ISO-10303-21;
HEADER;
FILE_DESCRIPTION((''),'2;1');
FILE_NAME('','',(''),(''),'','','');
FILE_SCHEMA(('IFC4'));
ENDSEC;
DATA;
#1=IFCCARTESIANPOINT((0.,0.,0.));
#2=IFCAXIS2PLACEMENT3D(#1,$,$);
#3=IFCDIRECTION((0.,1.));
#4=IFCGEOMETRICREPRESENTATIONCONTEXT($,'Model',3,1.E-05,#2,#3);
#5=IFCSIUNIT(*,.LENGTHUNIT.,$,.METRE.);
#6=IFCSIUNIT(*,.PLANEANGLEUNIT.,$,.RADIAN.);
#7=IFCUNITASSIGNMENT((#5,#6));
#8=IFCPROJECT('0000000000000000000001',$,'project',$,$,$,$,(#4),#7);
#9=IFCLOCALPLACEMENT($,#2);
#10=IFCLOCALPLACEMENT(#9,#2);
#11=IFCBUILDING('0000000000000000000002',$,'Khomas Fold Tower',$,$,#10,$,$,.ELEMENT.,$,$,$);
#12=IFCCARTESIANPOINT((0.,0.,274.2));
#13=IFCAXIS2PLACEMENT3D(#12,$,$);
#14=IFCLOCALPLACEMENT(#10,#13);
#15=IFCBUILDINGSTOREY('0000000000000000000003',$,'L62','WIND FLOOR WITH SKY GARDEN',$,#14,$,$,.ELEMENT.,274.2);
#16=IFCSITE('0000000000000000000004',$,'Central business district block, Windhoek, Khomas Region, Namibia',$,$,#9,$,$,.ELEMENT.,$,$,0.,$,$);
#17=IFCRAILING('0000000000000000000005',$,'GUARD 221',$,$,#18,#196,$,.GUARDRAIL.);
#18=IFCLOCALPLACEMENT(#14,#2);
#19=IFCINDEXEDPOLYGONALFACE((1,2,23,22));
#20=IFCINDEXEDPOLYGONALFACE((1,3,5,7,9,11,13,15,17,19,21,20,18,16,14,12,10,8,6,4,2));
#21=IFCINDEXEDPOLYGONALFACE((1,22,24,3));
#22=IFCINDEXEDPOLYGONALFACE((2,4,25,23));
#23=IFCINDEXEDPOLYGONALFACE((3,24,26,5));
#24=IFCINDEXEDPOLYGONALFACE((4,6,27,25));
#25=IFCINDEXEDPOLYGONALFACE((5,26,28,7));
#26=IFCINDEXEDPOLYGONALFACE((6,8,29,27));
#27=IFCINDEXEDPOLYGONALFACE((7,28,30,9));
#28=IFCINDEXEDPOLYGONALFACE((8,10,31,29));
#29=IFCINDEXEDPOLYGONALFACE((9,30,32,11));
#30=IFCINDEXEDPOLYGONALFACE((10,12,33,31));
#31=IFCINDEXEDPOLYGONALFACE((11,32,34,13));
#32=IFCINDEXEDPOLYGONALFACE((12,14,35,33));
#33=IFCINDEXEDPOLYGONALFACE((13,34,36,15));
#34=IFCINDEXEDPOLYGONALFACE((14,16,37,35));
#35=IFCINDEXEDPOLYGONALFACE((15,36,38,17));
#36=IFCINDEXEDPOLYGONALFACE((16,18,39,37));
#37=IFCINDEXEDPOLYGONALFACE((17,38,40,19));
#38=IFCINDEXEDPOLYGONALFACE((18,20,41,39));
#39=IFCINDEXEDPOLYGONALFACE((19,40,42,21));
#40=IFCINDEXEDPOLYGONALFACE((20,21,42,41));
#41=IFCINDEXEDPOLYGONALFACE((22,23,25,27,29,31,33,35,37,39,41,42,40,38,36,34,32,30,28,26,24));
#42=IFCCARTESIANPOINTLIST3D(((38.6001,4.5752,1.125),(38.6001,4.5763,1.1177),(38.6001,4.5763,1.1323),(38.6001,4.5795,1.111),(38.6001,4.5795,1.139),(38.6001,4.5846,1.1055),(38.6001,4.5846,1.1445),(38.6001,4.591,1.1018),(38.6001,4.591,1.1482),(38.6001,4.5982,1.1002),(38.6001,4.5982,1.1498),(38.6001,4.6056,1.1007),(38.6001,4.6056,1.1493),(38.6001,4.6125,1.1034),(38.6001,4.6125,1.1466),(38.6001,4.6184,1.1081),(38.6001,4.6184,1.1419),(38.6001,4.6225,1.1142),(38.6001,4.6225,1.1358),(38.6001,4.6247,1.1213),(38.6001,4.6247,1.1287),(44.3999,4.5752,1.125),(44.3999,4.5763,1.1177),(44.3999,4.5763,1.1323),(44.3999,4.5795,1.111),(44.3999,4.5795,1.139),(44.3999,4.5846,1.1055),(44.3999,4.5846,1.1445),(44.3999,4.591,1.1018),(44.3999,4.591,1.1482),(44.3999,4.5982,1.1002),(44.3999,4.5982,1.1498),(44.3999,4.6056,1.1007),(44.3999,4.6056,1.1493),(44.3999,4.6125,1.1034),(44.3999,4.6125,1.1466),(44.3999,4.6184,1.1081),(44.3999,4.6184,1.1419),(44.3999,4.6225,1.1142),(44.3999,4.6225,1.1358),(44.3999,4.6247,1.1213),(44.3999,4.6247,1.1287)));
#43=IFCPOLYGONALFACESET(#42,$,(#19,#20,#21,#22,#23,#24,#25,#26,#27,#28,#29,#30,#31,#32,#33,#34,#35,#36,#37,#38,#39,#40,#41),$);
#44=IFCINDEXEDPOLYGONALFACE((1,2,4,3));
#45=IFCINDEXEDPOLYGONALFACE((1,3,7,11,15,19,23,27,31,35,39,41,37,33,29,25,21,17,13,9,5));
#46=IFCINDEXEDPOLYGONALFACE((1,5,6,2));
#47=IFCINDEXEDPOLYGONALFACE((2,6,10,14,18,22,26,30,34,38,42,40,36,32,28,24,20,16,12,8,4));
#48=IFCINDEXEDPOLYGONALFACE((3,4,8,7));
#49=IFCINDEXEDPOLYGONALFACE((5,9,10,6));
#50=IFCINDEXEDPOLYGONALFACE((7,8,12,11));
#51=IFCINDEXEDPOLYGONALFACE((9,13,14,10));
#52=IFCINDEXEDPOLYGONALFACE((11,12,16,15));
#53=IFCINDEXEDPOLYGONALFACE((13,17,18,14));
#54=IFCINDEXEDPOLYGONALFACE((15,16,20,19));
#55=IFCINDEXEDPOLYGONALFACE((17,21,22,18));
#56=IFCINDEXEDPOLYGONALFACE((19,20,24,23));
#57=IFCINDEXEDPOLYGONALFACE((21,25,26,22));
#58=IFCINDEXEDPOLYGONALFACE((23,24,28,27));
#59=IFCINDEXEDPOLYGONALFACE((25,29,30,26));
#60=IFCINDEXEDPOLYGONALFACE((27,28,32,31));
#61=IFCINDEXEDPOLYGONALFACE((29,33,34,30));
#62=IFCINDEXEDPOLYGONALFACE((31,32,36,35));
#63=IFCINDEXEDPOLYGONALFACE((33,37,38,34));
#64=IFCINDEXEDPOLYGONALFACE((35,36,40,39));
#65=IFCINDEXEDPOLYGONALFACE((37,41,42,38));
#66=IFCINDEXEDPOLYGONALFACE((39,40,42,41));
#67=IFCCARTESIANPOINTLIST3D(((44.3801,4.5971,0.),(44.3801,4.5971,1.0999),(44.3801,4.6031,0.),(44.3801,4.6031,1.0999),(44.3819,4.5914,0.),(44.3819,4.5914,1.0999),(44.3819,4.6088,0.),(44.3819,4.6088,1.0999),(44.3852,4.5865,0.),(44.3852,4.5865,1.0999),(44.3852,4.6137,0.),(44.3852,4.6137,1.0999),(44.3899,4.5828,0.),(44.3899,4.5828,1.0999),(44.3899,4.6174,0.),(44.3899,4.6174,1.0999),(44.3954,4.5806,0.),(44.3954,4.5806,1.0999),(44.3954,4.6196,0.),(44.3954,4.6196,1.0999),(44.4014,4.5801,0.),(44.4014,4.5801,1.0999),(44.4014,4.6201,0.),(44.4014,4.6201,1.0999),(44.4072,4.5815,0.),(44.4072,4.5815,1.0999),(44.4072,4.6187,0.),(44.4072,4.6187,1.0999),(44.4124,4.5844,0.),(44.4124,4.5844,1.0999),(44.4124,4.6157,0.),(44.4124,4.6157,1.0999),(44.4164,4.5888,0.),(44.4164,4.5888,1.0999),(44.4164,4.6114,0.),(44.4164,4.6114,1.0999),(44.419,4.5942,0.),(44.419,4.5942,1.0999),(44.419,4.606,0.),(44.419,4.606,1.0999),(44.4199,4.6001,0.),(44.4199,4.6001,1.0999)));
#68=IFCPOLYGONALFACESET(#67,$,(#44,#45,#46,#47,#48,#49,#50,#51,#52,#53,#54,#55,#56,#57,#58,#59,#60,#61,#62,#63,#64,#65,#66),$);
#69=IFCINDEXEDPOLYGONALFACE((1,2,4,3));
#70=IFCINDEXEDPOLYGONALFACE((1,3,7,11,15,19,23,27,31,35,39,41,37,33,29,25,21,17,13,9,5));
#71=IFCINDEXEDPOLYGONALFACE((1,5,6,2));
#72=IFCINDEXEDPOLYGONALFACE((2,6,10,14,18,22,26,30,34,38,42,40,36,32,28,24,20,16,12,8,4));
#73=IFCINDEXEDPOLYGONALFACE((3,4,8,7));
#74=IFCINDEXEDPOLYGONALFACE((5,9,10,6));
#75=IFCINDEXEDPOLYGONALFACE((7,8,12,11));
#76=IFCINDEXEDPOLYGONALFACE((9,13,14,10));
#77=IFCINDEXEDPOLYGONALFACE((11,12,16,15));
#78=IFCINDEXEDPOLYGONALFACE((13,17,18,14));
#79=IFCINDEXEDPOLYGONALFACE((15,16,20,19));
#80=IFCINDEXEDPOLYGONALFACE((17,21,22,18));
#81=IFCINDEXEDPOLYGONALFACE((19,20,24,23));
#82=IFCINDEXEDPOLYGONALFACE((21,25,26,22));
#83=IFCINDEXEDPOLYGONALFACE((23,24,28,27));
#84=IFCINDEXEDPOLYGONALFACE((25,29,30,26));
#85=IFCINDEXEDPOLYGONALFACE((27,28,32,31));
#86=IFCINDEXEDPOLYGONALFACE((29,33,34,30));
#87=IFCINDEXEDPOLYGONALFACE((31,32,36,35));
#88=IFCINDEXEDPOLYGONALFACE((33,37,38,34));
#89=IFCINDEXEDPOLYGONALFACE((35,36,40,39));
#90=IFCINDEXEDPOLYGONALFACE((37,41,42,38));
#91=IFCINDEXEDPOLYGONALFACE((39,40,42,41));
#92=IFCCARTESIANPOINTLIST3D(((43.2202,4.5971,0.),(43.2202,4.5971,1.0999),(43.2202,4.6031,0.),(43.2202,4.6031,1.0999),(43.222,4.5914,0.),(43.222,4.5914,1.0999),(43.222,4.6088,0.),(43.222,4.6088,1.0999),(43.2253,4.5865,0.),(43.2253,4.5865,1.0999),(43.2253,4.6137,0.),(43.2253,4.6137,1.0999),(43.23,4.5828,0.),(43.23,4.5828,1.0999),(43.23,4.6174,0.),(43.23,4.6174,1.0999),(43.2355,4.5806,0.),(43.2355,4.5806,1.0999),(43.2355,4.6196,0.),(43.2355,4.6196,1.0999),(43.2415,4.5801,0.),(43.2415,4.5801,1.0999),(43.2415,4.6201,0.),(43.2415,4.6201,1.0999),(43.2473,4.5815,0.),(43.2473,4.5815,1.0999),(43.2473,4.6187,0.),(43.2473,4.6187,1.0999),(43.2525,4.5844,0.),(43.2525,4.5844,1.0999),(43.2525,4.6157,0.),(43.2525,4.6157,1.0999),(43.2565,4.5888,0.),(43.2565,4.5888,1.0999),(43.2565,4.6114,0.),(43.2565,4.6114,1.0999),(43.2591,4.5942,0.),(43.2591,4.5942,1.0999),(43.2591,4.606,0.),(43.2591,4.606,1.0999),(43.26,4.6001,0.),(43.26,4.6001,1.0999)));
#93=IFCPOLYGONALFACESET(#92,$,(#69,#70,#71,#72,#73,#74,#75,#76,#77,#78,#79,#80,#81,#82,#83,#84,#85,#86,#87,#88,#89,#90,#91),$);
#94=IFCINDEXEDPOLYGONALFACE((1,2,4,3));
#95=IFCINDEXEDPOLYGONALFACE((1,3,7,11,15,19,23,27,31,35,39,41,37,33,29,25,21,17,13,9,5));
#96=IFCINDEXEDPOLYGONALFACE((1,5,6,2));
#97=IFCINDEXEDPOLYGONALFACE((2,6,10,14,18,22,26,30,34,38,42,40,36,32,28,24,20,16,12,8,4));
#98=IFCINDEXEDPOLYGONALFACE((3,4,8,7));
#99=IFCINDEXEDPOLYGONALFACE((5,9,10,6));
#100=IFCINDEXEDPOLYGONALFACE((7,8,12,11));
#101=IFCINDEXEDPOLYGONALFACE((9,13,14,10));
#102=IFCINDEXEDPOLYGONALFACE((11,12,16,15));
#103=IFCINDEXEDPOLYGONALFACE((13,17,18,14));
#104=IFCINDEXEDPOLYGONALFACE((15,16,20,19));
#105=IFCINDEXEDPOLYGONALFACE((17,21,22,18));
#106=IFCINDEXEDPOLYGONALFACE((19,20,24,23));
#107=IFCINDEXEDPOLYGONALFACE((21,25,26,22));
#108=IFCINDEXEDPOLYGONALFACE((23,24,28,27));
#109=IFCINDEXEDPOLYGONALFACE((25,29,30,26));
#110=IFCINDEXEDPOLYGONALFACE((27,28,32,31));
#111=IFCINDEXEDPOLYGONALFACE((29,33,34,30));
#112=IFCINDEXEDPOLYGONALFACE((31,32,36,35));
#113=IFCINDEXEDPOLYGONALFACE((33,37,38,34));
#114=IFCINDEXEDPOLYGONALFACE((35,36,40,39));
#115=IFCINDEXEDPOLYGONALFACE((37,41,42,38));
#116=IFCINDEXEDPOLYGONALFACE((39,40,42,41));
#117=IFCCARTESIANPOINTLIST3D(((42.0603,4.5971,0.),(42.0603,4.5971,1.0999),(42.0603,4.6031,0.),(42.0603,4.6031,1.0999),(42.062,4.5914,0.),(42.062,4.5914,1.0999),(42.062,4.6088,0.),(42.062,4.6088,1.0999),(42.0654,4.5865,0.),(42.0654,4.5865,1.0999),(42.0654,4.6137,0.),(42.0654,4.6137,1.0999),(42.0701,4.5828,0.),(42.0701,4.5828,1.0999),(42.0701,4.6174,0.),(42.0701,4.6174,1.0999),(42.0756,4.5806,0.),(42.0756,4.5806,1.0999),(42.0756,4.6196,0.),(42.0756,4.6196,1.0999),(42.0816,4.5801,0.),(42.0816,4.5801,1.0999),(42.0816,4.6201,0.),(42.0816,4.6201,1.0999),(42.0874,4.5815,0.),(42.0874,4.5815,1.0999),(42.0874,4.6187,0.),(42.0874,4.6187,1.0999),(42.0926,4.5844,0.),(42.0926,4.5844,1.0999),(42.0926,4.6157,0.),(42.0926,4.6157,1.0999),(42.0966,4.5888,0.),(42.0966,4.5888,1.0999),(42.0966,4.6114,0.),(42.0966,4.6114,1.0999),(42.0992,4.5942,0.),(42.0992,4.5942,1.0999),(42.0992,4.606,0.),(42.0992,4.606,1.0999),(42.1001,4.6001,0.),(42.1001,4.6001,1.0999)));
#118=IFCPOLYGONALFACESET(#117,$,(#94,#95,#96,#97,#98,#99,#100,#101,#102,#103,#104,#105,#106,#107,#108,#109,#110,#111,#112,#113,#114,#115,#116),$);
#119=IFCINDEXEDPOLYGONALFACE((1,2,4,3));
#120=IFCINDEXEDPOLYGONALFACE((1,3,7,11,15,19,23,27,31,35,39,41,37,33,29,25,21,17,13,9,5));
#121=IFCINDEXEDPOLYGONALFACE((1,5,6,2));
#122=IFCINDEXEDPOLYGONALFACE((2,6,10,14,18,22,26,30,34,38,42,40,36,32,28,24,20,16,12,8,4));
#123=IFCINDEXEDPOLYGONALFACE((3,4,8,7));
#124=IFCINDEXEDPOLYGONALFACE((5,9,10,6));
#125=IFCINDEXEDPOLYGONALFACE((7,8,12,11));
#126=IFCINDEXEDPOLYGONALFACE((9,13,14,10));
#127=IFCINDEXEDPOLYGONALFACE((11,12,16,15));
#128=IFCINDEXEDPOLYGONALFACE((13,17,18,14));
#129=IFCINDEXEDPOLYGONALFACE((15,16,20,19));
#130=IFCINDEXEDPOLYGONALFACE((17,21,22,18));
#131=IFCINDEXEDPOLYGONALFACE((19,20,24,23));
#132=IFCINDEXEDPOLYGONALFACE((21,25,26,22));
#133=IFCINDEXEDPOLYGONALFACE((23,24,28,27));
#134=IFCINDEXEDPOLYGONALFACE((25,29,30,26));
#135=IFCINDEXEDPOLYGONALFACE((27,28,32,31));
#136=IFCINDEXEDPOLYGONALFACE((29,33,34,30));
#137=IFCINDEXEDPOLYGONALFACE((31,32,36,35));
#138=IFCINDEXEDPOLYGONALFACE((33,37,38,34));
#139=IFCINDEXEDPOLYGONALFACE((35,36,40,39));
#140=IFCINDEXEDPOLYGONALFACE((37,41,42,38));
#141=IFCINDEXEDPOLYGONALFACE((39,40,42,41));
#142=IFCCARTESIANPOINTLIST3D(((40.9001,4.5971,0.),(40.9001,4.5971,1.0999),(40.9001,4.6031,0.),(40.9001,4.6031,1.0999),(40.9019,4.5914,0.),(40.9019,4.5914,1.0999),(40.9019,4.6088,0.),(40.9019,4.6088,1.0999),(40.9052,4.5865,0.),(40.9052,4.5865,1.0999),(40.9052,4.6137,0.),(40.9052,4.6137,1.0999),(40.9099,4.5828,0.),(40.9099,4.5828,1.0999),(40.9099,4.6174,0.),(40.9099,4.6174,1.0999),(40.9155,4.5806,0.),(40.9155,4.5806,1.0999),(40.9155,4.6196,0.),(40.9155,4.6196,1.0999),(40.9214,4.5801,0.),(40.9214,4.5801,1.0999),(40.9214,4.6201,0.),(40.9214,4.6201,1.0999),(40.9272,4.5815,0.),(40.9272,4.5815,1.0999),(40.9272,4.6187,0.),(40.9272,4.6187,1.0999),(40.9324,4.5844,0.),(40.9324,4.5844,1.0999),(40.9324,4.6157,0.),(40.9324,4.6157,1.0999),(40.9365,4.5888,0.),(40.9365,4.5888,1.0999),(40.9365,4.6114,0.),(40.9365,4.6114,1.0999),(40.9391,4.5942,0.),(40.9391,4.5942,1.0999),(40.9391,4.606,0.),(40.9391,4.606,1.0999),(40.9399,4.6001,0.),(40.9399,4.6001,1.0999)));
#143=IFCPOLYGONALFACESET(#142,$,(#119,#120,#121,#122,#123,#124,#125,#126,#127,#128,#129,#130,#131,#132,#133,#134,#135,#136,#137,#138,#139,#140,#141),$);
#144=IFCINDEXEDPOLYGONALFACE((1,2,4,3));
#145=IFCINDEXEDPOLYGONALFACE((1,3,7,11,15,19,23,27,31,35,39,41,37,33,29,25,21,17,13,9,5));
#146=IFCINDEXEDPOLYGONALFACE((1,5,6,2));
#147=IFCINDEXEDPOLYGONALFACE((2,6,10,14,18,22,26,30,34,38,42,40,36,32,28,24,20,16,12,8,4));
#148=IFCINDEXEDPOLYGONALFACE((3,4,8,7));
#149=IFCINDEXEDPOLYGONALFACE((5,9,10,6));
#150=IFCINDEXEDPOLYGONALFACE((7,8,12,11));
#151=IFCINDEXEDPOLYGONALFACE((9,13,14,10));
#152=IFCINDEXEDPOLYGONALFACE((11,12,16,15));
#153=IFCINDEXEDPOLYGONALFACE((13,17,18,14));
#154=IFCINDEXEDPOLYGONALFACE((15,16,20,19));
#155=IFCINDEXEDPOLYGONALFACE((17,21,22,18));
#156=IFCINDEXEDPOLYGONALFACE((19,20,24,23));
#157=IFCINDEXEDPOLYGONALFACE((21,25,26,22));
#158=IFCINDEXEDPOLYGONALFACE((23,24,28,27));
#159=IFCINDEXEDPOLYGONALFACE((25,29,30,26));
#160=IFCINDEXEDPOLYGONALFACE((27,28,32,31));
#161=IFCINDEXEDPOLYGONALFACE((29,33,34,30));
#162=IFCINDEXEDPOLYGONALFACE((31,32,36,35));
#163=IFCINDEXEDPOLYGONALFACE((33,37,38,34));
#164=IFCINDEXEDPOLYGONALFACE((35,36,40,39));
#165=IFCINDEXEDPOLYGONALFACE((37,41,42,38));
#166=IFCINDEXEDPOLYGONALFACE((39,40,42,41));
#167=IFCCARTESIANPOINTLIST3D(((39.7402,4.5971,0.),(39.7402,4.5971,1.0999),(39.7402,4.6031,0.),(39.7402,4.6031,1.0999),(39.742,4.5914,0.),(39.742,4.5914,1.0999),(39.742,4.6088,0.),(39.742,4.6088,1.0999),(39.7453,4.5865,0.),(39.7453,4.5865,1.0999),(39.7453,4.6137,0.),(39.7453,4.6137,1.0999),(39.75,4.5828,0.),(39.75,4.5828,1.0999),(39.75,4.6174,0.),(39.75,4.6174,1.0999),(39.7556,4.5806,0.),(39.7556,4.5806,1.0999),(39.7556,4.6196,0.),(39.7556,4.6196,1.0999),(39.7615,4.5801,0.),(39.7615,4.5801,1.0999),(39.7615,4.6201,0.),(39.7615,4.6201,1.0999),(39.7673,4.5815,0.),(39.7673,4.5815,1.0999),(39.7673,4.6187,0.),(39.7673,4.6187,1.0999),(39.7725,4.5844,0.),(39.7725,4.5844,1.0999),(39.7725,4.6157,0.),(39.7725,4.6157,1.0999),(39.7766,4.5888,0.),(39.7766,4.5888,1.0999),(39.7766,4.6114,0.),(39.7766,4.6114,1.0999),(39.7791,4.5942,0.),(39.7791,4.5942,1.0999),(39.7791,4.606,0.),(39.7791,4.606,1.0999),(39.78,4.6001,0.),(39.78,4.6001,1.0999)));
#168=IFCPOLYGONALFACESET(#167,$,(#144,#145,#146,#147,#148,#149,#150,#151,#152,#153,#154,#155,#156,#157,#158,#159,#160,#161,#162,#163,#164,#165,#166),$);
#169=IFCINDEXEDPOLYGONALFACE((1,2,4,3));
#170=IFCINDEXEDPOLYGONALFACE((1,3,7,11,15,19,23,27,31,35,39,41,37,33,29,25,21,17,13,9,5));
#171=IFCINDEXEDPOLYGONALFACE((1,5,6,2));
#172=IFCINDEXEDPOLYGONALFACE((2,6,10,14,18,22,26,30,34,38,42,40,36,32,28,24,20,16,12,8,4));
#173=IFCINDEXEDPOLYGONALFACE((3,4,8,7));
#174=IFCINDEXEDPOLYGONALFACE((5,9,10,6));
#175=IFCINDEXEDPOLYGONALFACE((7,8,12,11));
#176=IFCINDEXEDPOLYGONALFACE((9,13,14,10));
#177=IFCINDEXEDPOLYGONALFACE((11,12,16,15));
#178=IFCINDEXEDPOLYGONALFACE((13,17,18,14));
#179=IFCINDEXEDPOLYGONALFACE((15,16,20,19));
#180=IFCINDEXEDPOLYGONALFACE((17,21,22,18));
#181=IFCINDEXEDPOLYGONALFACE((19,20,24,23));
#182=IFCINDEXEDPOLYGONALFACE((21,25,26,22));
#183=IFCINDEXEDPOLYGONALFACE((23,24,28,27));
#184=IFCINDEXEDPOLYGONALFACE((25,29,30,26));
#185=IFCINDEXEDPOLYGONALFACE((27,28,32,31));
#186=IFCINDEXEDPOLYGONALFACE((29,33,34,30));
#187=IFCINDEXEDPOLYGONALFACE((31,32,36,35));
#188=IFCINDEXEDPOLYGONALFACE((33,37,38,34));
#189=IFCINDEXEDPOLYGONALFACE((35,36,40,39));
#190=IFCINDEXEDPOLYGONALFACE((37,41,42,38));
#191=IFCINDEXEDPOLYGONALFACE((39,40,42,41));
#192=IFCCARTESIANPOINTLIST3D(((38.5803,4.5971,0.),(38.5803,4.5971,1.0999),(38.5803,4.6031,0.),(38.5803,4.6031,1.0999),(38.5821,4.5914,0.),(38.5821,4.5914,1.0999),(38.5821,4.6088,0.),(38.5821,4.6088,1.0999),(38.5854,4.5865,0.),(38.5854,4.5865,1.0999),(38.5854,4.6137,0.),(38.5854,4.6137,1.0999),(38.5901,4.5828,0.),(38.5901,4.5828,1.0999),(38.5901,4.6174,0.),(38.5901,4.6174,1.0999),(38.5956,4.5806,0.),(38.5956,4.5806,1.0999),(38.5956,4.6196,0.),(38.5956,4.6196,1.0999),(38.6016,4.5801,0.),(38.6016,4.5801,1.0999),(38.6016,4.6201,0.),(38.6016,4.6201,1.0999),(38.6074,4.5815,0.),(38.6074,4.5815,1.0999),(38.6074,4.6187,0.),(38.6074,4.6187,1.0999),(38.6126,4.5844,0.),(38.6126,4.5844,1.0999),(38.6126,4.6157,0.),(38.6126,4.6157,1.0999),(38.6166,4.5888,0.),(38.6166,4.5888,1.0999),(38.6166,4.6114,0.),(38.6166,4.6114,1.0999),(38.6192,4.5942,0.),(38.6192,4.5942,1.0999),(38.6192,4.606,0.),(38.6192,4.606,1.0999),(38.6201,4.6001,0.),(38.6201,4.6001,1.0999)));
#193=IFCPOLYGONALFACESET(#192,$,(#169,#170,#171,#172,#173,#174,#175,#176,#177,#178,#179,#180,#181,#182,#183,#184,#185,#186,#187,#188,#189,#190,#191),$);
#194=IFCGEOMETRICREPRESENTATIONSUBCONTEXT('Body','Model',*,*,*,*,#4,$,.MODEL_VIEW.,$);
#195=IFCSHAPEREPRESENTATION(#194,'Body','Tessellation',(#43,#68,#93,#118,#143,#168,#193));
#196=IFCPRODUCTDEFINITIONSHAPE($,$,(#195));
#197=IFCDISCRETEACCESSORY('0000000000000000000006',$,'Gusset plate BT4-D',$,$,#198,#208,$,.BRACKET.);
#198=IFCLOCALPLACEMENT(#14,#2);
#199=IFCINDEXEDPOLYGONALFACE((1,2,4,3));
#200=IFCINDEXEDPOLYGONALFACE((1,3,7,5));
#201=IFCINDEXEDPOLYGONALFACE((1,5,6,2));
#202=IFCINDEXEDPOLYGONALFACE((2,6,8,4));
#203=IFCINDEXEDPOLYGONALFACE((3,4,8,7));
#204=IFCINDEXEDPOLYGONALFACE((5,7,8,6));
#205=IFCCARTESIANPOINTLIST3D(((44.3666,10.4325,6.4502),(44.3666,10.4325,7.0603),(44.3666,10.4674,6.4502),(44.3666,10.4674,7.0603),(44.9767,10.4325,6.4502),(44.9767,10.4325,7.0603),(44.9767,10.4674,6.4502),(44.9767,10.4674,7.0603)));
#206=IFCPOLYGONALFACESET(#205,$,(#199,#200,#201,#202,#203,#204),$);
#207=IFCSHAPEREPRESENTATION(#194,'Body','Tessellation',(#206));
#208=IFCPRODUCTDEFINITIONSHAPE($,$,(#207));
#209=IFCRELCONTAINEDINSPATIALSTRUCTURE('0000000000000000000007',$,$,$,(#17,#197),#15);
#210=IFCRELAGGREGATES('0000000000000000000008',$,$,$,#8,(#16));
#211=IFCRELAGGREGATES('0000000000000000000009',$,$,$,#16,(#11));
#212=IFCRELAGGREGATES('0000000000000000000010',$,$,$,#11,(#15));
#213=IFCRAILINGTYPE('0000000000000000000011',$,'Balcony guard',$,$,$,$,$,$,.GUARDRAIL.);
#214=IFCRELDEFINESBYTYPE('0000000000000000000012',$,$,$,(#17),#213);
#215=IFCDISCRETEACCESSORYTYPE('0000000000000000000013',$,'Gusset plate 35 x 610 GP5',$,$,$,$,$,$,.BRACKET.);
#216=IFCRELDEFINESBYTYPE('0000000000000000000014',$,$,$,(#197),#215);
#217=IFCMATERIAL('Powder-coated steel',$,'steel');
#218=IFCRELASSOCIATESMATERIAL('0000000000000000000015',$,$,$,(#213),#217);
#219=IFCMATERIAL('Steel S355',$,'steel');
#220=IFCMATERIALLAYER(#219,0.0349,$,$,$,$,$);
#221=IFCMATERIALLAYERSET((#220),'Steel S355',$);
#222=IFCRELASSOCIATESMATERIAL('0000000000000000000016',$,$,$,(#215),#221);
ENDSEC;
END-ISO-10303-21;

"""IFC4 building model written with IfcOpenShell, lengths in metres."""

from ifc_helpers import new_model, si_unit, direction, frame, origin, origin_2d, place, context, subcontext, project, spatial, rectangle, circle, extrude, source, transform, mapped, material, layer, layer_set, type_object, element, save


model = new_model("IFC4")

# Units and contexts
model_context = context("Model", 3, precision=1e-05, world=origin(), true_north=direction((0.0, 1.0)))
body_context = subcontext(model_context, "Body", "Model", "MODEL_VIEW")
ifc_project = project(units=[si_unit("LENGTHUNIT", "METRE"), si_unit("PLANEANGLEUNIT", "RADIAN")], contexts=[model_context])

# Site, building, storey
site_placement = place(None, origin())
site = spatial("IfcSite", under=ifc_project, at=site_placement, Name="Central business district block, Windhoek, Khomas Region, Namibia", CompositionType="ELEMENT", RefElevation=0.0)
building_placement = place(site_placement, origin())
building = spatial("IfcBuilding", under=site, at=building_placement, Name="Khomas Fold Tower", CompositionType="ELEMENT")
storey_placement = place(building_placement, frame((0.0, 0.0, 274.2)))
storey = spatial("IfcBuildingStorey", under=building, at=storey_placement, Name="L62", Description="WIND FLOOR WITH SKY GARDEN", CompositionType="ELEMENT", Elevation=274.2)

# Railing
ifc_material_1 = material(Name="Powder-coated steel", Category="steel")
railing_type = type_object("IfcRailingType", Name="Balcony guard", PredefinedType="GUARDRAIL", material=ifc_material_1)
shared_shape_1 = source(origin(), body_context, "Body", "SweptSolid", [
    extrude(circle(Radius=0.0249, at=origin_2d()), frame((0.0, 0.0, 1.125), z_axis=(-1.0, 0.0, 0.0), x_axis=(0.0, -1.0, 0.0)), (0.0, 0.0, 1.0), 5.7998),
    extrude(circle(Radius=0.02, at=origin_2d()), origin(), (0.0, 0.0, 1.0), 1.0999),
    extrude(circle(Radius=0.02, at=origin_2d()), frame((-1.1599, 0.0, 0.0)), (0.0, 0.0, 1.0), 1.0999),
    extrude(circle(Radius=0.02, at=origin_2d()), frame((-2.3198, 0.0, 0.0)), (0.0, 0.0, 1.0), 1.0999),
    extrude(circle(Radius=0.02, at=origin_2d()), frame((-3.48, 0.0, 0.0)), (0.0, 0.0, 1.0), 1.0999),
    extrude(circle(Radius=0.02, at=origin_2d()), frame((-4.6399, 0.0, 0.0)), (0.0, 0.0, 1.0), 1.0999),
    extrude(circle(Radius=0.02, at=origin_2d()), frame((-5.7998, 0.0, 0.0)), (0.0, 0.0, 1.0), 1.0999),
])
railing_1_placement = place(storey_placement, frame((44.3999, 4.6001, 0.0)))
element("IfcRailing", 1, at=railing_1_placement, inside=storey, type_object=railing_type, Name="GUARD 221", PredefinedType="GUARDRAIL", context=body_context, shape_type="MappedRepresentation", body=[
    mapped(shared_shape_1, transform((0.0, 0.0, 0.0))),
])

# Discrete accessory
ifc_material_2 = material(Name="Steel S355", Category="steel")
ifc_layer_1 = layer(ifc_material_2, 0.0349)
ifc_layer_set_1 = layer_set([ifc_layer_1], Name="Steel S355")
discrete_accessory_type = type_object("IfcDiscreteAccessoryType", Name="Gusset plate 35 x 610 GP5", PredefinedType="BRACKET", material=ifc_layer_set_1)
shared_shape_2 = source(origin(), body_context, "Body", "SweptSolid", [
    extrude(rectangle(XDim=0.6101, YDim=0.0349, at=origin_2d()), origin(), (0.0, 0.0, 1.0), 0.6101),
])
for number, where, z_axis, x_axis, name in (
    (2, (44.6716, 10.45, 6.4502), (0.0, 0.0, 1.0), (1.0, 0.0, 0.0), "Gusset plate BT4-D"),
):
    element("IfcDiscreteAccessory", number, at=place(storey_placement, frame(where, z_axis=z_axis, x_axis=x_axis)), inside=storey, type_object=discrete_accessory_type, Name=name, PredefinedType="BRACKET", context=body_context, shape_type="MappedRepresentation", body=[
        mapped(shared_shape_2, transform((0.0, 0.0, 0.0))),
    ])

save(model, "model.ifc")
